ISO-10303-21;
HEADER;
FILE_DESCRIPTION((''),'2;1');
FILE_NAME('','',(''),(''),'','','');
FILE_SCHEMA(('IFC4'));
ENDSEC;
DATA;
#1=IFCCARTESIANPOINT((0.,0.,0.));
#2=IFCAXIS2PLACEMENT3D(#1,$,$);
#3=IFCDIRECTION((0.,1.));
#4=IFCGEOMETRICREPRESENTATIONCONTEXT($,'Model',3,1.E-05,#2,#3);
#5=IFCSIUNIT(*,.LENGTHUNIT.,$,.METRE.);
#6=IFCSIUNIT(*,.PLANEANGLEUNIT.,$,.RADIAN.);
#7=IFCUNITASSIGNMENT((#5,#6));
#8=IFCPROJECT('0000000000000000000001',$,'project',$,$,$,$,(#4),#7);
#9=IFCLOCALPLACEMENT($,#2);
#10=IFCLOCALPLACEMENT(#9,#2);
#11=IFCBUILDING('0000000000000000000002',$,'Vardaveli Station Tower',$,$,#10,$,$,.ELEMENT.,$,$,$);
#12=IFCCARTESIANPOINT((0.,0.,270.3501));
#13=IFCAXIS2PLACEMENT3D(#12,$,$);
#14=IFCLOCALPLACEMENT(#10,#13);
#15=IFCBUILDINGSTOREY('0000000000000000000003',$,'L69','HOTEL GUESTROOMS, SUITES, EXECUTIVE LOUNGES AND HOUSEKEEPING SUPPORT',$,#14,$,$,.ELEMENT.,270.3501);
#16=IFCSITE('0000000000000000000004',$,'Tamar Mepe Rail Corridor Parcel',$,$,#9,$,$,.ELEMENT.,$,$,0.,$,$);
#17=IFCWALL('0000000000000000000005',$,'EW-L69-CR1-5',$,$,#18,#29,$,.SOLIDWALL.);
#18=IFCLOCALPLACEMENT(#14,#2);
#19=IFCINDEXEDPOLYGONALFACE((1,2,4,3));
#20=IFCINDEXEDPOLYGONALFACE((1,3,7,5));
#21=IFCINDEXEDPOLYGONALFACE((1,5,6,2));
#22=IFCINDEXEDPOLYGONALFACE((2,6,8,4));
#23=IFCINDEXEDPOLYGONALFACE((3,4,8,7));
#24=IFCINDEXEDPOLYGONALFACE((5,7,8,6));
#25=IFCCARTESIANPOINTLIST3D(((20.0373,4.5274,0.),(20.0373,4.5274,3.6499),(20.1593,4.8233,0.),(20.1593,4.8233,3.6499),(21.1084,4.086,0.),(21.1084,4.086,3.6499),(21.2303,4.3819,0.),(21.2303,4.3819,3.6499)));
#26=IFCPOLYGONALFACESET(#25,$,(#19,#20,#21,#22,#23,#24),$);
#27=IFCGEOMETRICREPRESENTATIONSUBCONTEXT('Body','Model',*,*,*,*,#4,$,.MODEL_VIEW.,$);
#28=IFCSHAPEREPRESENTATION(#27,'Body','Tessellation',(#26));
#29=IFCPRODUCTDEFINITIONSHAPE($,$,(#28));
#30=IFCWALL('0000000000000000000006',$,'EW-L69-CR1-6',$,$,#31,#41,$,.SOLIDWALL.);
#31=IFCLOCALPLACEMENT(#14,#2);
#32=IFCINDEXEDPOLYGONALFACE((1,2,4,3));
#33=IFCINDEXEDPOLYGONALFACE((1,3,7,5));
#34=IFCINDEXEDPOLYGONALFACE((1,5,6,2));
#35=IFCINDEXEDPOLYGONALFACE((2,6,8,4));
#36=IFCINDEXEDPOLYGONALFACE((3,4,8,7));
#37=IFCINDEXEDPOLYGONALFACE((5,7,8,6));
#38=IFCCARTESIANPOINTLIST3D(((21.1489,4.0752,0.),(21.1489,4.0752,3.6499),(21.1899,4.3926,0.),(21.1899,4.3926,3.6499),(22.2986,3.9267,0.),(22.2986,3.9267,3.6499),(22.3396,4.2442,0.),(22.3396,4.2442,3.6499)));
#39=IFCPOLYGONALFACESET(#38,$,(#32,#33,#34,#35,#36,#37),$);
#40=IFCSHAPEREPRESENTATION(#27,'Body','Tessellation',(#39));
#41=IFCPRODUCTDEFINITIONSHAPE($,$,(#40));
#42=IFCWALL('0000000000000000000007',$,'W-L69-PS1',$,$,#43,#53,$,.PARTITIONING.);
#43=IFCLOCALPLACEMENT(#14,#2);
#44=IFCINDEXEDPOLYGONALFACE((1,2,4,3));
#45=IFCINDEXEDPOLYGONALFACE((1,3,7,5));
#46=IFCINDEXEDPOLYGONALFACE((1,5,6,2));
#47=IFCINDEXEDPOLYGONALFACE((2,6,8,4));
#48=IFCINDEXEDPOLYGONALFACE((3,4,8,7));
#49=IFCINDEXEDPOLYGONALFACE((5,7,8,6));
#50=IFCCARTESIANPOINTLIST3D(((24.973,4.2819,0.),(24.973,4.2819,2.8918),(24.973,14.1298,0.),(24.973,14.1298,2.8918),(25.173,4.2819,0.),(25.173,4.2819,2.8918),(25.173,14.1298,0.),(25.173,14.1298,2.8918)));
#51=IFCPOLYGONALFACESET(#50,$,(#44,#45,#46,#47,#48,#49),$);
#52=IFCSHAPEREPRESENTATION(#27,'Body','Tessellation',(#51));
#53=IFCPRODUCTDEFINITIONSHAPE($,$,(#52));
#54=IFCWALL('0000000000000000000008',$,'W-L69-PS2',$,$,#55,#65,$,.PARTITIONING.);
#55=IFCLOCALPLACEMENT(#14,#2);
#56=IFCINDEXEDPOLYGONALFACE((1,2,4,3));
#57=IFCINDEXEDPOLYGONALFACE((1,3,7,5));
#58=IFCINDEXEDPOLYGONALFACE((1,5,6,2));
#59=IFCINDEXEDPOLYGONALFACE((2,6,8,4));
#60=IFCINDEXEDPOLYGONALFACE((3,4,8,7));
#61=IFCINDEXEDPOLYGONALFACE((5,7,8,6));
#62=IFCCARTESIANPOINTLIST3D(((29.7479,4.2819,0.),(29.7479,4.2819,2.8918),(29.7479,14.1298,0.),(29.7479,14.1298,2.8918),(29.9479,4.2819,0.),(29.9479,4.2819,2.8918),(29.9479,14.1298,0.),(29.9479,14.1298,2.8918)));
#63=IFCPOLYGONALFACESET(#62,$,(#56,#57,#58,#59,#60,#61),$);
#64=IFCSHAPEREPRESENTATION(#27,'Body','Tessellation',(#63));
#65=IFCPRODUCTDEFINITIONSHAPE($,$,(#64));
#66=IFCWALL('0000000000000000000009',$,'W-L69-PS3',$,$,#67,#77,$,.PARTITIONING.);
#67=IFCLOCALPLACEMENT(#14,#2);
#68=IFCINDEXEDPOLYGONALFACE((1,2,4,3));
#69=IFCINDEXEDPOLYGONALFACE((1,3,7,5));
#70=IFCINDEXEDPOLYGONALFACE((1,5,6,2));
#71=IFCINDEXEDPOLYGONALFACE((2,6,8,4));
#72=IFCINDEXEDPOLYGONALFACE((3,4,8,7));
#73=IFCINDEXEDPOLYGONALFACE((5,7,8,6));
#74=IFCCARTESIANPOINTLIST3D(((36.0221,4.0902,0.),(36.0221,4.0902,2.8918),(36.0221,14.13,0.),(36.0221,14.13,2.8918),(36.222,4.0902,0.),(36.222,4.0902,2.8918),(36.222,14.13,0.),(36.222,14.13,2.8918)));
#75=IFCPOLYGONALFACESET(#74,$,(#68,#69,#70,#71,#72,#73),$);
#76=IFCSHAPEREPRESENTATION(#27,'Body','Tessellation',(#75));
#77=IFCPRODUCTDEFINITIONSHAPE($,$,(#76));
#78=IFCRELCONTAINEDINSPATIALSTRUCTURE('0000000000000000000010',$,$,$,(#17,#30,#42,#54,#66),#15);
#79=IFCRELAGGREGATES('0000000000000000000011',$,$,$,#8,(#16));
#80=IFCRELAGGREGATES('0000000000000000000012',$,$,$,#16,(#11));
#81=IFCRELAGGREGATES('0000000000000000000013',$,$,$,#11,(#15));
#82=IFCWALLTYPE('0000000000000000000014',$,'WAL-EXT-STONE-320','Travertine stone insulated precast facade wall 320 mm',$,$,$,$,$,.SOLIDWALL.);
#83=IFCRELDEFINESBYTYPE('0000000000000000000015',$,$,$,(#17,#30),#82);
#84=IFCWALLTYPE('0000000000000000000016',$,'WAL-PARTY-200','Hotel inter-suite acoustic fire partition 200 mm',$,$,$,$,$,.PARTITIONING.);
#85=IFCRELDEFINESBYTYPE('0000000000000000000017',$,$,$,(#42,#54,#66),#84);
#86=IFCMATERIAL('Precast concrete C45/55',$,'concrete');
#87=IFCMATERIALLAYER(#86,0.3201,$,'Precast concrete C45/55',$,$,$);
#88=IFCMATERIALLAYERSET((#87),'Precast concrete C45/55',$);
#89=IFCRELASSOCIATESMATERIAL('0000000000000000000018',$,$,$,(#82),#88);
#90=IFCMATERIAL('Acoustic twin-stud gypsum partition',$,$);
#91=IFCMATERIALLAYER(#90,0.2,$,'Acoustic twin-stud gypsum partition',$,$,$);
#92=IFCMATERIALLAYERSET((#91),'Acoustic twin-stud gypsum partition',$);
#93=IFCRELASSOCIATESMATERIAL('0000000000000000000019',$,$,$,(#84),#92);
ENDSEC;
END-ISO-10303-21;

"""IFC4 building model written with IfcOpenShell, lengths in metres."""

from ifc_helpers import new_model, si_unit, direction, frame, frame_2d, origin, place, context, subcontext, project, spatial, rectangle, extrude, source, transform, mapped, material, layer, layer_set, type_object, element, save


model = new_model("IFC4")

# Units and contexts
model_context = context("Model", 3, precision=1e-05, world=origin(), true_north=direction((0.0, 1.0)))
body_context = subcontext(model_context, "Body", "Model", "MODEL_VIEW")
ifc_project = project(units=[si_unit("LENGTHUNIT", "METRE"), si_unit("PLANEANGLEUNIT", "RADIAN")], contexts=[model_context])

# Site, building, storey
site_placement = place(None, origin())
site = spatial("IfcSite", under=ifc_project, at=site_placement, Name="Tamar Mepe Rail Corridor Parcel", CompositionType="ELEMENT", RefElevation=0.0)
building_placement = place(site_placement, origin())
building = spatial("IfcBuilding", under=site, at=building_placement, Name="Vardaveli Station Tower", CompositionType="ELEMENT")
storey_placement = place(building_placement, frame((0.0, 0.0, 270.3501)))
storey = spatial("IfcBuildingStorey", under=building, at=storey_placement, Name="L69", Description="HOTEL GUESTROOMS, SUITES, EXECUTIVE LOUNGES AND HOUSEKEEPING SUPPORT", CompositionType="ELEMENT", Elevation=270.3501)

# Shared definitions
ifc_material_1 = material(Name="Precast concrete C45/55", Category="concrete")

# Shared definitions
ifc_layer_1 = layer(ifc_material_1, 0.3201, Name="Precast concrete C45/55")
ifc_layer_set_1 = layer_set([ifc_layer_1], Name="Precast concrete C45/55")
wall_type_1 = type_object("IfcWallType", Name="WAL-EXT-STONE-320", Description="Travertine stone insulated precast facade wall 320 mm", PredefinedType="SOLIDWALL", material=ifc_layer_set_1)

# Walls
shared_shape_1 = source(origin(), body_context, "Body", "SweptSolid", [
    extrude(rectangle(XDim=1.1584, YDim=0.3201, at=frame_2d((0.5791, 0.0))), origin(), (0.0, 0.0, 1.0), 3.6499),
])
wall_1_placement = place(storey_placement, frame((20.0984, 4.6753, 0.0), z_axis=(0.0, 0.0, 1.0), x_axis=(0.92456, -0.381036, 0.0)))
element("IfcWall", 1, at=wall_1_placement, inside=storey, type_object=wall_type_1, Name="EW-L69-CR1-5", PredefinedType="SOLIDWALL", context=body_context, shape_type="MappedRepresentation", body=[
    mapped(shared_shape_1, transform((0.0, 0.0, 0.0), scale=1.0)),
])
shared_shape_2 = source(origin(), body_context, "Body", "SweptSolid", [
    extrude(rectangle(XDim=1.1592, YDim=0.3201, at=frame_2d((0.5796, 0.0))), origin(), (0.0, 0.0, 1.0), 3.6499),
])
wall_2_placement = place(storey_placement, frame((21.1694, 4.2339, 0.0), z_axis=(0.0, 0.0, 1.0), x_axis=(0.991768, -0.128052, 0.0)))
element("IfcWall", 2, at=wall_2_placement, inside=storey, type_object=wall_type_1, Name="EW-L69-CR1-6", PredefinedType="SOLIDWALL", context=body_context, shape_type="MappedRepresentation", body=[
    mapped(shared_shape_2, transform((0.0, 0.0, 0.0), scale=1.0)),
])
ifc_material_2 = material(Name="Acoustic twin-stud gypsum partition")
ifc_layer_2 = layer(ifc_material_2, 0.2, Name="Acoustic twin-stud gypsum partition")
ifc_layer_set_2 = layer_set([ifc_layer_2], Name="Acoustic twin-stud gypsum partition")
wall_type_2 = type_object("IfcWallType", Name="WAL-PARTY-200", Description="Hotel inter-suite acoustic fire partition 200 mm", PredefinedType="PARTITIONING", material=ifc_layer_set_2)
shared_shape_3 = source(origin(), body_context, "Body", "SweptSolid", [
    extrude(rectangle(XDim=9.8479, YDim=0.2, at=frame_2d((4.9238, 0.0))), origin(), (0.0, 0.0, 1.0), 2.8918),
])
for number, where, z_axis, x_axis, name in (
    (3, (25.073, 4.282, 0.0), (0.0, 0.0, 1.0), (0.0, 1.0, 0.0), "W-L69-PS1"),
    (4, (29.8479, 4.282, 0.0), (0.0, 0.0, 1.0), (0.0, 1.0, 0.0), "W-L69-PS2"),
):
    element("IfcWall", number, at=place(storey_placement, frame(where, z_axis=z_axis, x_axis=x_axis)), inside=storey, type_object=wall_type_2, Name=name, PredefinedType="PARTITIONING", context=body_context, shape_type="MappedRepresentation", body=[
        mapped(shared_shape_3, transform((0.0, 0.0, 0.0), scale=1.0)),
    ])
shared_shape_4 = source(origin(), body_context, "Body", "SweptSolid", [
    extrude(rectangle(XDim=10.0398, YDim=0.2, at=frame_2d((5.02, 0.0))), origin(), (0.0, 0.0, 1.0), 2.8918),
])
wall_3_placement = place(storey_placement, frame((36.1221, 4.0901, 0.0), z_axis=(0.0, 0.0, 1.0), x_axis=(0.0, 1.0, 0.0)))
element("IfcWall", 5, at=wall_3_placement, inside=storey, type_object=wall_type_2, Name="W-L69-PS3", PredefinedType="PARTITIONING", context=body_context, shape_type="MappedRepresentation", body=[
    mapped(shared_shape_4, transform((0.0, 0.0, 0.0), scale=1.0)),
])

save(model, "model.ifc")
